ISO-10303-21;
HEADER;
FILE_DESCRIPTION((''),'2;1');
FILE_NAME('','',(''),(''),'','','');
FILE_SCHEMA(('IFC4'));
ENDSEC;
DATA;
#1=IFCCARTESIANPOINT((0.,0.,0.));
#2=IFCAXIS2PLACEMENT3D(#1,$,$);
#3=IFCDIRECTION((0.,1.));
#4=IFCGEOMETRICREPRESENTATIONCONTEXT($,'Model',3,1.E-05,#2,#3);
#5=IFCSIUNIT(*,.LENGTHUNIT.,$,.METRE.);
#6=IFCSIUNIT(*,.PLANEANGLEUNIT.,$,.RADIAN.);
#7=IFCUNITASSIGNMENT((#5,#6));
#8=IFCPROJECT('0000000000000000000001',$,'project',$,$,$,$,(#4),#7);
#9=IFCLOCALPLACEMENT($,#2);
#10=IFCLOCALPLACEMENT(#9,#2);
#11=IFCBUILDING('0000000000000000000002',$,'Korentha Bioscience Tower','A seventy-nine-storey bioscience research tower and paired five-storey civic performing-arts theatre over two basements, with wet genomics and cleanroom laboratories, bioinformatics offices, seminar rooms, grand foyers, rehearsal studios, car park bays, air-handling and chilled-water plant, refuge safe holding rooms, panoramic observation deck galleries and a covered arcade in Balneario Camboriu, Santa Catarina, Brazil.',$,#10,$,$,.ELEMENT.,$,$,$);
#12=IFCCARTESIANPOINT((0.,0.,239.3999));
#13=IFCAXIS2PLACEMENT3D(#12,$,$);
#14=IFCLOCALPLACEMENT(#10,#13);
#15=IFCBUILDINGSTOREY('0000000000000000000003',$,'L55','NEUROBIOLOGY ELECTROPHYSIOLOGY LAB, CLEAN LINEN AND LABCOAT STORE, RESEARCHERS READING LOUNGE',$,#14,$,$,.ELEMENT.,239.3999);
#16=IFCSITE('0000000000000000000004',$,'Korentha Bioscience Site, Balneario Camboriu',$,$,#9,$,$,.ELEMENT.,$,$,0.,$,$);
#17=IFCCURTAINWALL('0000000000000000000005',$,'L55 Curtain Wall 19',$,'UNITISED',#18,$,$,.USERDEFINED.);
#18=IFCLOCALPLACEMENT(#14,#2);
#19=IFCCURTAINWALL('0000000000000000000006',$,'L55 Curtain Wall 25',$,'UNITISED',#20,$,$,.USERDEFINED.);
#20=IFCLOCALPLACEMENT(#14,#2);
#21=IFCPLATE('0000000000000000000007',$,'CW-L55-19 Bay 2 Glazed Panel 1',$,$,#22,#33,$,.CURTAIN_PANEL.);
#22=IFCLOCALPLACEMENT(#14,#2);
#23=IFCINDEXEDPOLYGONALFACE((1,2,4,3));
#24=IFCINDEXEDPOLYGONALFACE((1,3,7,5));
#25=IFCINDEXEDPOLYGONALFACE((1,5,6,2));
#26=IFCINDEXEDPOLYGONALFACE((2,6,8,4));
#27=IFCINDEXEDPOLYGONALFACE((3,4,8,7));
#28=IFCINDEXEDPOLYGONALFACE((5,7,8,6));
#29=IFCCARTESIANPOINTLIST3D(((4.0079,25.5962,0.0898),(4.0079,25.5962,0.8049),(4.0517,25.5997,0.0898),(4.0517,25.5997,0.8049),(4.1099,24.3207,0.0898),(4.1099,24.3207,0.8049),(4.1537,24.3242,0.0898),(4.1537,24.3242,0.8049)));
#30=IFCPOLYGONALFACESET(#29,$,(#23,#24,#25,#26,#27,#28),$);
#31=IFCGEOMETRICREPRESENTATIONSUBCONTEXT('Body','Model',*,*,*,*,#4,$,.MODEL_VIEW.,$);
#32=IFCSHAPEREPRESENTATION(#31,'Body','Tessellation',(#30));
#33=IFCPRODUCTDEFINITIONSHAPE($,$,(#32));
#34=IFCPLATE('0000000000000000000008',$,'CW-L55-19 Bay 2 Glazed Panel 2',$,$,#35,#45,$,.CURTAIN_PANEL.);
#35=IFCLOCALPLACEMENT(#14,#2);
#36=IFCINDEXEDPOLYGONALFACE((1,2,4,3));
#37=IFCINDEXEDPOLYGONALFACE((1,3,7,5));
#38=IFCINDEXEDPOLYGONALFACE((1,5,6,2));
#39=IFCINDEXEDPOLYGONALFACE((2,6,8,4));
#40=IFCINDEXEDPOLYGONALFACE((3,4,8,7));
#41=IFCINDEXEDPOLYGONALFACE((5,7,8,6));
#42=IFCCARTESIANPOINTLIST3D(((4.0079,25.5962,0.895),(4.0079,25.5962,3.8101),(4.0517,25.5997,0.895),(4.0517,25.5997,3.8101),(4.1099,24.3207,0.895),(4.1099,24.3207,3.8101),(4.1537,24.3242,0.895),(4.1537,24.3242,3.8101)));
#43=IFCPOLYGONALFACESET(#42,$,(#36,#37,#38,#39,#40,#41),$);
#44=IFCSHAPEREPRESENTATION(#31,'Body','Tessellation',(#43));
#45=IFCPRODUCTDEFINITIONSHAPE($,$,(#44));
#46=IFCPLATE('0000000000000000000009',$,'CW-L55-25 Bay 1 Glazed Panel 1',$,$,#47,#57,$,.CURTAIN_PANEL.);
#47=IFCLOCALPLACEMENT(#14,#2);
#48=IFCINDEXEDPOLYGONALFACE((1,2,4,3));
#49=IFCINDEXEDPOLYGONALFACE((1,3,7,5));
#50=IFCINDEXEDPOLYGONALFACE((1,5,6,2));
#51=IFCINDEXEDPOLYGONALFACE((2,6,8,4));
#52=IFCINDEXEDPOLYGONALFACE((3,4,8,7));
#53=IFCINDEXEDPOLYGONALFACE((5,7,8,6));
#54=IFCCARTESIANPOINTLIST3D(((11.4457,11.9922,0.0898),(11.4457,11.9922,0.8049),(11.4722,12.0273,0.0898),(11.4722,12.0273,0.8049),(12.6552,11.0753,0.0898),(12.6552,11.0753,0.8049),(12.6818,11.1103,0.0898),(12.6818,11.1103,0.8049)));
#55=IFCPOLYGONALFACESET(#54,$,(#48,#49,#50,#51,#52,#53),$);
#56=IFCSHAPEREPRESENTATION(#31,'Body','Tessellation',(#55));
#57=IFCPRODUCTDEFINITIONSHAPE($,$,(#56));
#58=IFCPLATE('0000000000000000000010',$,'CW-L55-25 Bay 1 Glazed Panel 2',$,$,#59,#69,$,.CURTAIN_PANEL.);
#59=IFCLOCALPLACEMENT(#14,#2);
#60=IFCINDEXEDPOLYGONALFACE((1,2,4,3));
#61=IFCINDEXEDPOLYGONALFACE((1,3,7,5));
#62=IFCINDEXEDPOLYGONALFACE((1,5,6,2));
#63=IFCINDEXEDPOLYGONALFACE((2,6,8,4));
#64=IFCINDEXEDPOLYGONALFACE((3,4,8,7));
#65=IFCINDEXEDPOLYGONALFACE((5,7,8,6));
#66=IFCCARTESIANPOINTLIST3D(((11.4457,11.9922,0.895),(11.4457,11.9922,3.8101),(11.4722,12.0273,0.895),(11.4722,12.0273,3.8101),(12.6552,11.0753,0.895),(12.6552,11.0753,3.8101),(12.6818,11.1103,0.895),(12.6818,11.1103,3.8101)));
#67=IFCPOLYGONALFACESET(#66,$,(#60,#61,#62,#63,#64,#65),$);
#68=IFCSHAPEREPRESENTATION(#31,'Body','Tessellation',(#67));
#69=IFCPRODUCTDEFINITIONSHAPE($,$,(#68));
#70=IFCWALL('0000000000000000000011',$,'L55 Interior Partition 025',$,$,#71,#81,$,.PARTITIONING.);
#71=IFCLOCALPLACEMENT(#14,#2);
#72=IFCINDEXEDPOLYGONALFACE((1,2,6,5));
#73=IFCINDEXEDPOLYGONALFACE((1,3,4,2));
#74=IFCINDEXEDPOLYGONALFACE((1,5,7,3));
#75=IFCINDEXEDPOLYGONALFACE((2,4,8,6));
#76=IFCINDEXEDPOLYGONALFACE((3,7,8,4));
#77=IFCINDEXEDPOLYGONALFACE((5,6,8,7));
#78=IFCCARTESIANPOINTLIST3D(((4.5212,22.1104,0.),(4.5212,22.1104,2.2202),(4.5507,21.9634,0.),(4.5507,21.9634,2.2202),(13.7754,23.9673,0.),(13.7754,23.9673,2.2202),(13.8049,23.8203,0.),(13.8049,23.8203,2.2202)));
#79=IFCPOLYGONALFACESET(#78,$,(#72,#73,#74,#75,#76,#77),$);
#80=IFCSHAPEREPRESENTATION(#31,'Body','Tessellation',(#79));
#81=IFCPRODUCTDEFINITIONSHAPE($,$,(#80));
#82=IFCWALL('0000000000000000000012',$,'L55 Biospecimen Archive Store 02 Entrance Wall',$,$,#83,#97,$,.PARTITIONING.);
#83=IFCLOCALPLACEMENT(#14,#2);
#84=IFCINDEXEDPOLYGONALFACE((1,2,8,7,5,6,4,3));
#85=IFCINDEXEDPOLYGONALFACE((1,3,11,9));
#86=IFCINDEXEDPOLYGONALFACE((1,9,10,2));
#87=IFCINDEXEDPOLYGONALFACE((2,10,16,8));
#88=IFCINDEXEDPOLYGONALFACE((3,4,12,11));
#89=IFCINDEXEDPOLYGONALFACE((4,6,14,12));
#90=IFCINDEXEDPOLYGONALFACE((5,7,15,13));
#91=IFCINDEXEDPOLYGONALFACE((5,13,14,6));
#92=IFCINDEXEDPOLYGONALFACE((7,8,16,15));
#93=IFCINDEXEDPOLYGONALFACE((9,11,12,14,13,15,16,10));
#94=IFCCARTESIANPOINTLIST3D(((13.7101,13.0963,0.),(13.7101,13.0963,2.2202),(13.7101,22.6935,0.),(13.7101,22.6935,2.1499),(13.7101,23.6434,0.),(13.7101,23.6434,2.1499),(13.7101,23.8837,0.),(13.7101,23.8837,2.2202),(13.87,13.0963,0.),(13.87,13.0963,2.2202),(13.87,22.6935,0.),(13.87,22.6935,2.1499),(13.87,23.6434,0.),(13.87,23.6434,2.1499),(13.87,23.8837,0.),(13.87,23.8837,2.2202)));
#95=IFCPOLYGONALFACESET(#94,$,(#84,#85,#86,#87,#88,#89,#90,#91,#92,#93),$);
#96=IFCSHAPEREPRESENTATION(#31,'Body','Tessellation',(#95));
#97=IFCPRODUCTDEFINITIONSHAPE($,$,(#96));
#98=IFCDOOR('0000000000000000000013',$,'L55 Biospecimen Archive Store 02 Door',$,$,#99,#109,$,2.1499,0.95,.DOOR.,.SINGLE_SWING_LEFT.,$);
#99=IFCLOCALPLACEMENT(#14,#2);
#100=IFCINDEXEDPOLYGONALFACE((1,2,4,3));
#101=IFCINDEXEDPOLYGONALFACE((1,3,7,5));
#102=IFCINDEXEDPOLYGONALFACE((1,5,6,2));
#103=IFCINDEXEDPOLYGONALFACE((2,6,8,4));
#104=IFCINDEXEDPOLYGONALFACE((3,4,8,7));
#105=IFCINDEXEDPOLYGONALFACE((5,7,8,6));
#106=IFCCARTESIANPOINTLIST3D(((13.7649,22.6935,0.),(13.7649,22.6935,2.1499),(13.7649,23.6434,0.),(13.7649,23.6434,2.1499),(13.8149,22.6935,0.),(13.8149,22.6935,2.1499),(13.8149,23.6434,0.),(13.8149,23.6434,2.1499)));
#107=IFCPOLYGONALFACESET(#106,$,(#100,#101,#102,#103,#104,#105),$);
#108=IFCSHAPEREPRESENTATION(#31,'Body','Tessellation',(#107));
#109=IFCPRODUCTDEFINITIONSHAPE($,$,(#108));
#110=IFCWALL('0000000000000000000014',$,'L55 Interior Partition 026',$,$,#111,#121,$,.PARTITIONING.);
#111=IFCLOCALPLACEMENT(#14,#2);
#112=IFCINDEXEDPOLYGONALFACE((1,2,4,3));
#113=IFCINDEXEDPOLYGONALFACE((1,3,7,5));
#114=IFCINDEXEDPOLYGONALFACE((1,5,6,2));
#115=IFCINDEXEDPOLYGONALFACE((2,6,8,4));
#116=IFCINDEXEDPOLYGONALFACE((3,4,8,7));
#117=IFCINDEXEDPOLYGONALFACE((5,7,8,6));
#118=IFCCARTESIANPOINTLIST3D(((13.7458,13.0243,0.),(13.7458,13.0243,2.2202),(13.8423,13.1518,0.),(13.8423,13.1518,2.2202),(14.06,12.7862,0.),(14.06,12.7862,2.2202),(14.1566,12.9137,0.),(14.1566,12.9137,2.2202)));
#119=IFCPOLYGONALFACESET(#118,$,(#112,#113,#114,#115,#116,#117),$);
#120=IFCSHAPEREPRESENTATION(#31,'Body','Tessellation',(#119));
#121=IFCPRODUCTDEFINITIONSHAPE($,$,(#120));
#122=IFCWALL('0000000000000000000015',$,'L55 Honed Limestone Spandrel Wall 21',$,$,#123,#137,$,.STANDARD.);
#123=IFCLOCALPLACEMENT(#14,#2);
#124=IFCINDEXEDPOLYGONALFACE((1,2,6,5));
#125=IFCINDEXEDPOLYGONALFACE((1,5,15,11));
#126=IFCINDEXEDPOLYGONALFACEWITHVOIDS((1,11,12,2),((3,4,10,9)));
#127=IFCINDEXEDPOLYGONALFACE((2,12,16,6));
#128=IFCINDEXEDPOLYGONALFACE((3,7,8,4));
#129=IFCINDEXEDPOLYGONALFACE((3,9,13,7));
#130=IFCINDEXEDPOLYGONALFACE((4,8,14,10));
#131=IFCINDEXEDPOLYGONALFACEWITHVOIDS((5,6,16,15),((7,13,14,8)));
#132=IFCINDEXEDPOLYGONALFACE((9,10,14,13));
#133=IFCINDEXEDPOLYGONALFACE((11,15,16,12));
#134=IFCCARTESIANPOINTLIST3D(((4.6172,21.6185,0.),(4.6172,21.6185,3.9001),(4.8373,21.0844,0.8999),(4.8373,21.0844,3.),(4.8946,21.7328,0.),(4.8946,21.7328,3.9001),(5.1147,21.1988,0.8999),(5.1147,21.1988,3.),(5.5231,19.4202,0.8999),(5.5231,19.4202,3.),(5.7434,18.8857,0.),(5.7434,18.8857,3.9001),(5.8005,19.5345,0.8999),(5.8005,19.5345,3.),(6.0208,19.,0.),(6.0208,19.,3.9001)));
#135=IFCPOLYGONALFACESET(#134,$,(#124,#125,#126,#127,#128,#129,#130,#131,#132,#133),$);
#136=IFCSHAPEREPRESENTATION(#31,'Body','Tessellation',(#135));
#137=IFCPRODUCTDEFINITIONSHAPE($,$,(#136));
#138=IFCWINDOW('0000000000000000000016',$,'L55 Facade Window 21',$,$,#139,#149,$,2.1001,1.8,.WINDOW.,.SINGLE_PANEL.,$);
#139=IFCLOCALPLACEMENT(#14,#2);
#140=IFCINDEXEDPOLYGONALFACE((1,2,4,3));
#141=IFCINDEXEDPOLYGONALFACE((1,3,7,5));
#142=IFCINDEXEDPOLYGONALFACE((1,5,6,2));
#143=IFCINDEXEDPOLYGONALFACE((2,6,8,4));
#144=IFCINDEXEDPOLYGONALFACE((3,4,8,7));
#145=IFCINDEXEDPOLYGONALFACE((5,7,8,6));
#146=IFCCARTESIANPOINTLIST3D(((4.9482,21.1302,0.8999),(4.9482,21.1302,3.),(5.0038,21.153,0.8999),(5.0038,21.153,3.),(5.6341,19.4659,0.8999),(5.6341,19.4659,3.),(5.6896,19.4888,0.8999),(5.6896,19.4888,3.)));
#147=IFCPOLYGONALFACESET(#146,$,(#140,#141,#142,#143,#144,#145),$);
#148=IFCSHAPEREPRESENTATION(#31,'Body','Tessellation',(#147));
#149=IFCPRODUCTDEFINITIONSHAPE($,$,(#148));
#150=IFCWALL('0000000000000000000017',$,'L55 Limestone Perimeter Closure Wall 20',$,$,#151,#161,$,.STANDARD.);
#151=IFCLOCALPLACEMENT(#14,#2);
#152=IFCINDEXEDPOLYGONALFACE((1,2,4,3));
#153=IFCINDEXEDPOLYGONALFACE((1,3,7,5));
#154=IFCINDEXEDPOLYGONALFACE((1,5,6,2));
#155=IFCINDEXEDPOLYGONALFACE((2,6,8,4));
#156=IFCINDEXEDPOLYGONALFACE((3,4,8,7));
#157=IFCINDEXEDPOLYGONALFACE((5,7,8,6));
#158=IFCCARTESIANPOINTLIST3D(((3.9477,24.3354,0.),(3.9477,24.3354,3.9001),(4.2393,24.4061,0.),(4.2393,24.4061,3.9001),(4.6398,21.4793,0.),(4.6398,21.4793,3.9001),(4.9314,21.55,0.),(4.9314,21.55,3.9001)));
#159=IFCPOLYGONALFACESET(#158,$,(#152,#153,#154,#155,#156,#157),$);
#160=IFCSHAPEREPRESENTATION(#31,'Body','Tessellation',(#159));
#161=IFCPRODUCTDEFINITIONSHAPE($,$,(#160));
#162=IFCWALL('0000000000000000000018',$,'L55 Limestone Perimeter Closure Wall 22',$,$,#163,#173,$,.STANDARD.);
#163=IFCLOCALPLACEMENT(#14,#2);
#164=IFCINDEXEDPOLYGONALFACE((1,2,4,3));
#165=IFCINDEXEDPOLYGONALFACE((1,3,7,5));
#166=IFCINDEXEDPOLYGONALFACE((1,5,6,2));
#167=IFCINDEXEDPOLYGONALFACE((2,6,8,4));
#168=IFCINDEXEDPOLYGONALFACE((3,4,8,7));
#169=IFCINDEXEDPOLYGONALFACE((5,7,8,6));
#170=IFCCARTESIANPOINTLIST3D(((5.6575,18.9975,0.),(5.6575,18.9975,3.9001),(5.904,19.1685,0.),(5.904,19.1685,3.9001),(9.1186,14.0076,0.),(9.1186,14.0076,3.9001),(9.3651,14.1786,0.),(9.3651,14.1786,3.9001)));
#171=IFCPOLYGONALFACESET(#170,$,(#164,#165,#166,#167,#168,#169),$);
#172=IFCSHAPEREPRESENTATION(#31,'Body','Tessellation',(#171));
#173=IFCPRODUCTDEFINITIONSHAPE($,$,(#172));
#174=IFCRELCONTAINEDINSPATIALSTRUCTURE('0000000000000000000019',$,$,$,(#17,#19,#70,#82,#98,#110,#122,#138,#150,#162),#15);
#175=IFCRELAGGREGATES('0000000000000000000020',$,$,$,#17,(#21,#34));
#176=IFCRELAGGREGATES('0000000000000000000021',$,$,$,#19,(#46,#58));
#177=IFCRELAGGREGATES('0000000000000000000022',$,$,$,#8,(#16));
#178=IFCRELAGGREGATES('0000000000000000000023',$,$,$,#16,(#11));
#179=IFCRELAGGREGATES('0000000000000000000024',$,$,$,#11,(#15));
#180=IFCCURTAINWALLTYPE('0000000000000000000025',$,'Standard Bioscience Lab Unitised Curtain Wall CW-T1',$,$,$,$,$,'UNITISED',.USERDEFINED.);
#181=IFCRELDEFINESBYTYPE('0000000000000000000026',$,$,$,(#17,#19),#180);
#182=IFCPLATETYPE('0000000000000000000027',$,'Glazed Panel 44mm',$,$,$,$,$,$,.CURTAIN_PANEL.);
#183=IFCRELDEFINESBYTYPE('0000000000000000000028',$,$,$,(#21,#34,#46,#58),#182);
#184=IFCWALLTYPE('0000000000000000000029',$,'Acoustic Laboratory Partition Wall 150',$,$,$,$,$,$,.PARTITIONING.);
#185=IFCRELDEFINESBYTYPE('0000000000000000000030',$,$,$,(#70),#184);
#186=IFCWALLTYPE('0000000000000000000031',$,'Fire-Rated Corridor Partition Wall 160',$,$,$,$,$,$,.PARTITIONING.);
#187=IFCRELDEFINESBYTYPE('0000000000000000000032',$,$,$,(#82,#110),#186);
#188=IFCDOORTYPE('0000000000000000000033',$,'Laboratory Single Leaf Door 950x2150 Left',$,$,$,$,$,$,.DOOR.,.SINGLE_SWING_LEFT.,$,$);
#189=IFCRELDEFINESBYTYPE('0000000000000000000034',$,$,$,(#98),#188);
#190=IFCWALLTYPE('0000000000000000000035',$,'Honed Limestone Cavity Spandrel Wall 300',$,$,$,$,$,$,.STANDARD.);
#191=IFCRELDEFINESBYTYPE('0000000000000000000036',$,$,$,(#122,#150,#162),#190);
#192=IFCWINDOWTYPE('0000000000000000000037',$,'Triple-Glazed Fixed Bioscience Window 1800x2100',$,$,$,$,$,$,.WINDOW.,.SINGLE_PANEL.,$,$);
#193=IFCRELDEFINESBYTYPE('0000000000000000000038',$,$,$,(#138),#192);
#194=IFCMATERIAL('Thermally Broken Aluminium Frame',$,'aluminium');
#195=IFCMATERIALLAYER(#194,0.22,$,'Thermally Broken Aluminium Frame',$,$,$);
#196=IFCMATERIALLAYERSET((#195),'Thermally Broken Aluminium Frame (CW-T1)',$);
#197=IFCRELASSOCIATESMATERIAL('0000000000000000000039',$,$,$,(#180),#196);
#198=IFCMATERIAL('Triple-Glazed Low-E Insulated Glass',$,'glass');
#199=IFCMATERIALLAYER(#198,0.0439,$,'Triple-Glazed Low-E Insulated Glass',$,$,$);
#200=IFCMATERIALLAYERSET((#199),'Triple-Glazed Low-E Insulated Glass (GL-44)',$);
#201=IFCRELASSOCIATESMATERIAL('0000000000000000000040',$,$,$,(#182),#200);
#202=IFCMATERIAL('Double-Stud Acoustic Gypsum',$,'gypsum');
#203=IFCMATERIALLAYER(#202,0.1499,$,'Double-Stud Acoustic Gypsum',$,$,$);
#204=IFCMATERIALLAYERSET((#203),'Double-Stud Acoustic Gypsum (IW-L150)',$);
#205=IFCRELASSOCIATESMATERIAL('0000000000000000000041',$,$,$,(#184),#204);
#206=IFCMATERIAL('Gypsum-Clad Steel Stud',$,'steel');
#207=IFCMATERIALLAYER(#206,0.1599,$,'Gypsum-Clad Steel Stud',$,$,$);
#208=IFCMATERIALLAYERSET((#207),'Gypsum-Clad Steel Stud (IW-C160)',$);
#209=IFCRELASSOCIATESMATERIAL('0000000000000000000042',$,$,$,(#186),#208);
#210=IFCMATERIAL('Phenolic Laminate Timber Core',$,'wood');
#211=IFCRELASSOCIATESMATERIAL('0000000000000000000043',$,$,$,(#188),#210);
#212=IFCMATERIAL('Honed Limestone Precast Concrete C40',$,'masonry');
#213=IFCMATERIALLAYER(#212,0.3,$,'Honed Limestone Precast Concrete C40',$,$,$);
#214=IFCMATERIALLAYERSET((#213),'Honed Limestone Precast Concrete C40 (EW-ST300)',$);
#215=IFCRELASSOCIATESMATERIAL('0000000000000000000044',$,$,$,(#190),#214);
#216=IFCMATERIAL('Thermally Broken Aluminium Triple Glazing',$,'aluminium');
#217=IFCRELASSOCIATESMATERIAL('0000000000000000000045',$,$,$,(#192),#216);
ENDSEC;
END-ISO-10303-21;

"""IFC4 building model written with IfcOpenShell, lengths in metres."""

from ifc_helpers import new_model, si_unit, direction, frame, frame_2d, origin, origin_2d, place, context, subcontext, project, spatial, rectangle, extrude, material, layer, layer_set, type_object, element, fill, aggregate, save


model = new_model("IFC4")

# Units and contexts
model_context = context("Model", 3, precision=1e-05, world=origin(), true_north=direction((0.0, 1.0)))
body_context = subcontext(model_context, "Body", "Model", "MODEL_VIEW")
ifc_project = project(units=[si_unit("LENGTHUNIT", "METRE"), si_unit("PLANEANGLEUNIT", "RADIAN")], contexts=[model_context])

# Site, building, storey
site_placement = place(None, origin())
site = spatial("IfcSite", under=ifc_project, at=site_placement, Name="Korentha Bioscience Site, Balneario Camboriu", CompositionType="ELEMENT", RefElevation=0.0)
building_placement = place(site_placement, origin())
building = spatial("IfcBuilding", under=site, at=building_placement, Name="Korentha Bioscience Tower", Description="A seventy-nine-storey bioscience research tower and paired five-storey civic performing-arts theatre over two basements, with wet genomics and cleanroom laboratories, bioinformatics offices, seminar rooms, grand foyers, rehearsal studios, car park bays, air-handling and chilled-water plant, refuge safe holding rooms, panoramic observation deck galleries and a covered arcade in Balneario Camboriu, Santa Catarina, Brazil.", CompositionType="ELEMENT")
storey_placement = place(building_placement, frame((0.0, 0.0, 239.3999)))
storey = spatial("IfcBuildingStorey", under=building, at=storey_placement, Name="L55", Description="NEUROBIOLOGY ELECTROPHYSIOLOGY LAB, CLEAN LINEN AND LABCOAT STORE, RESEARCHERS READING LOUNGE", CompositionType="ELEMENT", Elevation=239.3999)

# Curtain wall
ifc_material_1 = material(Name="Thermally Broken Aluminium Frame", Category="aluminium")
ifc_layer_1 = layer(ifc_material_1, 0.22, Name="Thermally Broken Aluminium Frame")
ifc_layer_set_1 = layer_set([ifc_layer_1], Name="Thermally Broken Aluminium Frame (CW-T1)")
curtain_wall_type = type_object("IfcCurtainWallType", Name="Standard Bioscience Lab Unitised Curtain Wall CW-T1", ElementType="UNITISED", PredefinedType="USERDEFINED", material=ifc_layer_set_1)
curtain_wall_1_placement = place(storey_placement, origin())
curtain_wall_1 = element("IfcCurtainWall", 1, at=curtain_wall_1_placement, inside=storey, type_object=curtain_wall_type, Name="L55 Curtain Wall 19", ObjectType="UNITISED", PredefinedType="USERDEFINED")

# Curtain wall
curtain_wall_2_placement = place(storey_placement, origin())
curtain_wall_2 = element("IfcCurtainWall", 2, at=curtain_wall_2_placement, inside=storey, type_object=curtain_wall_type, Name="L55 Curtain Wall 25", ObjectType="UNITISED", PredefinedType="USERDEFINED")

# Plates
ifc_material_2 = material(Name="Triple-Glazed Low-E Insulated Glass", Category="glass")
ifc_layer_2 = layer(ifc_material_2, 0.0439, Name="Triple-Glazed Low-E Insulated Glass")
ifc_layer_set_2 = layer_set([ifc_layer_2], Name="Triple-Glazed Low-E Insulated Glass (GL-44)")
plate_type = type_object("IfcPlateType", Name="Glazed Panel 44mm", PredefinedType="CURTAIN_PANEL", material=ifc_layer_set_2)
plate_1_placement = place(storey_placement, frame((4.0808, 24.9602, 0.0898), z_axis=(0.0, 0.0, 1.0), x_axis=(0.079748, -0.996815, 0.0)))
plate_1 = element("IfcPlate", 3, at=plate_1_placement, type_object=plate_type, Name="CW-L55-19 Bay 2 Glazed Panel 1", PredefinedType="CURTAIN_PANEL", context=body_context, shape_type="SweptSolid", body=[
    extrude(rectangle(XDim=1.2795, YDim=0.0439, at=origin_2d()), origin(), (0.0, 0.0, 1.0), 0.7151),
])
plate_2_placement = place(storey_placement, frame((4.0808, 24.9602, 0.895), z_axis=(0.0, 0.0, 1.0), x_axis=(0.079748, -0.996815, 0.0)))
plate_2 = element("IfcPlate", 4, at=plate_2_placement, type_object=plate_type, Name="CW-L55-19 Bay 2 Glazed Panel 2", PredefinedType="CURTAIN_PANEL", context=body_context, shape_type="SweptSolid", body=[
    extrude(rectangle(XDim=1.2795, YDim=0.0439, at=origin_2d()), origin(), (0.0, 0.0, 1.0), 2.915),
])
aggregate(curtain_wall_1, [plate_1, plate_2])
plate_3_placement = place(storey_placement, frame((12.0637, 11.5513, 0.0898), z_axis=(0.0, 0.0, 1.0), x_axis=(0.796889, -0.604126, 0.0)))
plate_3 = element("IfcPlate", 5, at=plate_3_placement, type_object=plate_type, Name="CW-L55-25 Bay 1 Glazed Panel 1", PredefinedType="CURTAIN_PANEL", context=body_context, shape_type="SweptSolid", body=[
    extrude(rectangle(XDim=1.5178, YDim=0.0439, at=origin_2d()), origin(), (0.0, 0.0, 1.0), 0.7151),
])
plate_4_placement = place(storey_placement, frame((12.0637, 11.5513, 0.895), z_axis=(0.0, 0.0, 1.0), x_axis=(0.796889, -0.604126, 0.0)))
plate_4 = element("IfcPlate", 6, at=plate_4_placement, type_object=plate_type, Name="CW-L55-25 Bay 1 Glazed Panel 2", PredefinedType="CURTAIN_PANEL", context=body_context, shape_type="SweptSolid", body=[
    extrude(rectangle(XDim=1.5178, YDim=0.0439, at=origin_2d()), origin(), (0.0, 0.0, 1.0), 2.915),
])
aggregate(curtain_wall_2, [plate_3, plate_4])

# Wall
ifc_material_3 = material(Name="Double-Stud Acoustic Gypsum", Category="gypsum")
ifc_layer_3 = layer(ifc_material_3, 0.1499, Name="Double-Stud Acoustic Gypsum")
ifc_layer_set_3 = layer_set([ifc_layer_3], Name="Double-Stud Acoustic Gypsum (IW-L150)")
wall_type_1 = type_object("IfcWallType", Name="Acoustic Laboratory Partition Wall 150", PredefinedType="PARTITIONING", material=ifc_layer_set_3)
wall_1_placement = place(storey_placement, frame((13.79, 23.8938, 0.0), z_axis=(0.0, 0.0, 1.0), x_axis=(-0.980456, -0.196738, 0.0)))
element("IfcWall", 7, at=wall_1_placement, inside=storey, type_object=wall_type_1, Name="L55 Interior Partition 025", PredefinedType="PARTITIONING", context=body_context, shape_type="SweptSolid", body=[
    extrude(rectangle(XDim=9.4387, YDim=0.1499, at=frame_2d((4.7192, 0.0))), origin(), (0.0, 0.0, 1.0), 2.2202),
])

# Wall, opening, door
ifc_material_4 = material(Name="Gypsum-Clad Steel Stud", Category="steel")
ifc_layer_4 = layer(ifc_material_4, 0.1599, Name="Gypsum-Clad Steel Stud")
ifc_layer_set_4 = layer_set([ifc_layer_4], Name="Gypsum-Clad Steel Stud (IW-C160)")
wall_type_2 = type_object("IfcWallType", Name="Fire-Rated Corridor Partition Wall 160", PredefinedType="PARTITIONING", material=ifc_layer_set_4)
wall_2_placement = place(storey_placement, frame((13.79, 23.8835, 0.0), z_axis=(0.0, 0.0, 1.0), x_axis=(0.0, -1.0, 0.0)))
wall_2 = element("IfcWall", 8, at=wall_2_placement, inside=storey, type_object=wall_type_2, Name="L55 Biospecimen Archive Store 02 Entrance Wall", PredefinedType="PARTITIONING", context=body_context, shape_type="SweptSolid", body=[
    extrude(rectangle(XDim=10.7874, YDim=0.1599, at=frame_2d((5.3936, 0.0))), origin(), (0.0, 0.0, 1.0), 2.2202),
])
opening_1_placement = place(wall_2_placement, frame((0.24, 0.0, 0.0)))
opening_1 = element("IfcOpeningElement", 9, at=opening_1_placement, cuts=wall_2, PredefinedType="OPENING", context=body_context, shape_type="SweptSolid", body=[
    extrude(rectangle(XDim=0.95, YDim=2.1499, at=frame_2d((0.4751, 1.075))), frame((0.0, 0.0947, 0.0), z_axis=(0.0, -1.0, 0.0), x_axis=(1.0, 0.0, 0.0)), (0.0, 0.0, 1.0), 0.1897),
])
ifc_material_5 = material(Name="Phenolic Laminate Timber Core", Category="wood")
door_type = type_object("IfcDoorType", Name="Laboratory Single Leaf Door 950x2150 Left", OperationType="SINGLE_SWING_LEFT", PredefinedType="DOOR", material=ifc_material_5)
door_placement = place(opening_1_placement, origin())
door = element("IfcDoor", 10, at=door_placement, inside=storey, type_object=door_type, Name="L55 Biospecimen Archive Store 02 Door", OperationType="SINGLE_SWING_LEFT", OverallHeight=2.1499, OverallWidth=0.95, PredefinedType="DOOR", context=body_context, shape_type="SweptSolid", body=[
    extrude(rectangle(XDim=0.95, YDim=2.1499, at=frame_2d((0.4751, 1.075))), frame((0.0, 0.0249, 0.0), z_axis=(0.0, -1.0, 0.0), x_axis=(1.0, 0.0, 0.0)), (0.0, 0.0, 1.0), 0.05),
])
fill(opening_1, door)

# Wall
wall_3_placement = place(storey_placement, frame((13.7939, 13.0881, 0.0), z_axis=(0.0, 0.0, 1.0), x_axis=(0.797092, -0.603858, 0.0)))
element("IfcWall", 11, at=wall_3_placement, inside=storey, type_object=wall_type_2, Name="L55 Interior Partition 026", PredefinedType="PARTITIONING", context=body_context, shape_type="SweptSolid", body=[
    extrude(rectangle(XDim=0.3943, YDim=0.1599, at=frame_2d((0.1973, 0.0))), origin(), (0.0, 0.0, 1.0), 2.2202),
])

# Wall, opening, window
ifc_material_6 = material(Name="Honed Limestone Precast Concrete C40", Category="masonry")
ifc_layer_5 = layer(ifc_material_6, 0.3, Name="Honed Limestone Precast Concrete C40")
ifc_layer_set_5 = layer_set([ifc_layer_5], Name="Honed Limestone Precast Concrete C40 (EW-ST300)")
wall_type_3 = type_object("IfcWallType", Name="Honed Limestone Cavity Spandrel Wall 300", PredefinedType="STANDARD", material=ifc_layer_set_5)
wall_4_placement = place(storey_placement, frame((4.7559, 21.6758, 0.0), z_axis=(0.0, 0.0, 1.0), x_axis=(0.381012, -0.92457, 0.0)))
wall_4 = element("IfcWall", 12, at=wall_4_placement, inside=storey, type_object=wall_type_3, Name="L55 Honed Limestone Spandrel Wall 21", PredefinedType="STANDARD", context=body_context, shape_type="SweptSolid", body=[
    extrude(rectangle(XDim=2.9558, YDim=0.3, at=frame_2d((1.478, 0.0))), origin(), (0.0, 0.0, 1.0), 3.9001),
])
opening_2_placement = place(wall_4_placement, frame((0.5779, 0.0, 0.8999)))
opening_2 = element("IfcOpeningElement", 13, at=opening_2_placement, cuts=wall_4, PredefinedType="OPENING", context=body_context, shape_type="SweptSolid", body=[
    extrude(rectangle(XDim=1.8, YDim=2.1001, at=frame_2d((0.8999, 1.05))), frame((0.0, 0.165, 0.0), z_axis=(0.0, -1.0, 0.0), x_axis=(1.0, 0.0, 0.0)), (0.0, 0.0, 1.0), 0.3298),
])
ifc_material_7 = material(Name="Thermally Broken Aluminium Triple Glazing", Category="aluminium")
window_type = type_object("IfcWindowType", Name="Triple-Glazed Fixed Bioscience Window 1800x2100", PartitioningType="SINGLE_PANEL", PredefinedType="WINDOW", material=ifc_material_7)
window_placement = place(opening_2_placement, origin())
window = element("IfcWindow", 14, at=window_placement, inside=storey, type_object=window_type, Name="L55 Facade Window 21", OverallHeight=2.1001, OverallWidth=1.8, PartitioningType="SINGLE_PANEL", PredefinedType="WINDOW", context=body_context, shape_type="SweptSolid", body=[
    extrude(rectangle(XDim=1.8, YDim=2.1001, at=frame_2d((0.8999, 1.05))), frame((0.0, 0.03, 0.0), z_axis=(0.0, -1.0, 0.0), x_axis=(1.0, 0.0, 0.0)), (0.0, 0.0, 1.0), 0.0601),
])
fill(opening_2, window)

# Walls
wall_5_placement = place(storey_placement, frame((4.0935, 24.3706, 0.0), z_axis=(0.0, 0.0, 1.0), x_axis=(0.235531, -0.971867, 0.0)))
element("IfcWall", 15, at=wall_5_placement, inside=storey, type_object=wall_type_3, Name="L55 Limestone Perimeter Closure Wall 20", PredefinedType="STANDARD", context=body_context, shape_type="SweptSolid", body=[
    extrude(rectangle(XDim=2.9387, YDim=0.3, at=frame_2d((1.4692, 0.0))), origin(), (0.0, 0.0, 1.0), 3.9001),
])
wall_6_placement = place(storey_placement, frame((5.7808, 19.083, 0.0), z_axis=(0.0, 0.0, 1.0), x_axis=(0.569941, -0.821685, 0.0)))
element("IfcWall", 16, at=wall_6_placement, inside=storey, type_object=wall_type_3, Name="L55 Limestone Perimeter Closure Wall 22", PredefinedType="STANDARD", context=body_context, shape_type="SweptSolid", body=[
    extrude(rectangle(XDim=6.0728, YDim=0.3, at=frame_2d((3.0364, 0.0))), origin(), (0.0, 0.0, 1.0), 3.9001),
])

save(model, "model.ifc")
